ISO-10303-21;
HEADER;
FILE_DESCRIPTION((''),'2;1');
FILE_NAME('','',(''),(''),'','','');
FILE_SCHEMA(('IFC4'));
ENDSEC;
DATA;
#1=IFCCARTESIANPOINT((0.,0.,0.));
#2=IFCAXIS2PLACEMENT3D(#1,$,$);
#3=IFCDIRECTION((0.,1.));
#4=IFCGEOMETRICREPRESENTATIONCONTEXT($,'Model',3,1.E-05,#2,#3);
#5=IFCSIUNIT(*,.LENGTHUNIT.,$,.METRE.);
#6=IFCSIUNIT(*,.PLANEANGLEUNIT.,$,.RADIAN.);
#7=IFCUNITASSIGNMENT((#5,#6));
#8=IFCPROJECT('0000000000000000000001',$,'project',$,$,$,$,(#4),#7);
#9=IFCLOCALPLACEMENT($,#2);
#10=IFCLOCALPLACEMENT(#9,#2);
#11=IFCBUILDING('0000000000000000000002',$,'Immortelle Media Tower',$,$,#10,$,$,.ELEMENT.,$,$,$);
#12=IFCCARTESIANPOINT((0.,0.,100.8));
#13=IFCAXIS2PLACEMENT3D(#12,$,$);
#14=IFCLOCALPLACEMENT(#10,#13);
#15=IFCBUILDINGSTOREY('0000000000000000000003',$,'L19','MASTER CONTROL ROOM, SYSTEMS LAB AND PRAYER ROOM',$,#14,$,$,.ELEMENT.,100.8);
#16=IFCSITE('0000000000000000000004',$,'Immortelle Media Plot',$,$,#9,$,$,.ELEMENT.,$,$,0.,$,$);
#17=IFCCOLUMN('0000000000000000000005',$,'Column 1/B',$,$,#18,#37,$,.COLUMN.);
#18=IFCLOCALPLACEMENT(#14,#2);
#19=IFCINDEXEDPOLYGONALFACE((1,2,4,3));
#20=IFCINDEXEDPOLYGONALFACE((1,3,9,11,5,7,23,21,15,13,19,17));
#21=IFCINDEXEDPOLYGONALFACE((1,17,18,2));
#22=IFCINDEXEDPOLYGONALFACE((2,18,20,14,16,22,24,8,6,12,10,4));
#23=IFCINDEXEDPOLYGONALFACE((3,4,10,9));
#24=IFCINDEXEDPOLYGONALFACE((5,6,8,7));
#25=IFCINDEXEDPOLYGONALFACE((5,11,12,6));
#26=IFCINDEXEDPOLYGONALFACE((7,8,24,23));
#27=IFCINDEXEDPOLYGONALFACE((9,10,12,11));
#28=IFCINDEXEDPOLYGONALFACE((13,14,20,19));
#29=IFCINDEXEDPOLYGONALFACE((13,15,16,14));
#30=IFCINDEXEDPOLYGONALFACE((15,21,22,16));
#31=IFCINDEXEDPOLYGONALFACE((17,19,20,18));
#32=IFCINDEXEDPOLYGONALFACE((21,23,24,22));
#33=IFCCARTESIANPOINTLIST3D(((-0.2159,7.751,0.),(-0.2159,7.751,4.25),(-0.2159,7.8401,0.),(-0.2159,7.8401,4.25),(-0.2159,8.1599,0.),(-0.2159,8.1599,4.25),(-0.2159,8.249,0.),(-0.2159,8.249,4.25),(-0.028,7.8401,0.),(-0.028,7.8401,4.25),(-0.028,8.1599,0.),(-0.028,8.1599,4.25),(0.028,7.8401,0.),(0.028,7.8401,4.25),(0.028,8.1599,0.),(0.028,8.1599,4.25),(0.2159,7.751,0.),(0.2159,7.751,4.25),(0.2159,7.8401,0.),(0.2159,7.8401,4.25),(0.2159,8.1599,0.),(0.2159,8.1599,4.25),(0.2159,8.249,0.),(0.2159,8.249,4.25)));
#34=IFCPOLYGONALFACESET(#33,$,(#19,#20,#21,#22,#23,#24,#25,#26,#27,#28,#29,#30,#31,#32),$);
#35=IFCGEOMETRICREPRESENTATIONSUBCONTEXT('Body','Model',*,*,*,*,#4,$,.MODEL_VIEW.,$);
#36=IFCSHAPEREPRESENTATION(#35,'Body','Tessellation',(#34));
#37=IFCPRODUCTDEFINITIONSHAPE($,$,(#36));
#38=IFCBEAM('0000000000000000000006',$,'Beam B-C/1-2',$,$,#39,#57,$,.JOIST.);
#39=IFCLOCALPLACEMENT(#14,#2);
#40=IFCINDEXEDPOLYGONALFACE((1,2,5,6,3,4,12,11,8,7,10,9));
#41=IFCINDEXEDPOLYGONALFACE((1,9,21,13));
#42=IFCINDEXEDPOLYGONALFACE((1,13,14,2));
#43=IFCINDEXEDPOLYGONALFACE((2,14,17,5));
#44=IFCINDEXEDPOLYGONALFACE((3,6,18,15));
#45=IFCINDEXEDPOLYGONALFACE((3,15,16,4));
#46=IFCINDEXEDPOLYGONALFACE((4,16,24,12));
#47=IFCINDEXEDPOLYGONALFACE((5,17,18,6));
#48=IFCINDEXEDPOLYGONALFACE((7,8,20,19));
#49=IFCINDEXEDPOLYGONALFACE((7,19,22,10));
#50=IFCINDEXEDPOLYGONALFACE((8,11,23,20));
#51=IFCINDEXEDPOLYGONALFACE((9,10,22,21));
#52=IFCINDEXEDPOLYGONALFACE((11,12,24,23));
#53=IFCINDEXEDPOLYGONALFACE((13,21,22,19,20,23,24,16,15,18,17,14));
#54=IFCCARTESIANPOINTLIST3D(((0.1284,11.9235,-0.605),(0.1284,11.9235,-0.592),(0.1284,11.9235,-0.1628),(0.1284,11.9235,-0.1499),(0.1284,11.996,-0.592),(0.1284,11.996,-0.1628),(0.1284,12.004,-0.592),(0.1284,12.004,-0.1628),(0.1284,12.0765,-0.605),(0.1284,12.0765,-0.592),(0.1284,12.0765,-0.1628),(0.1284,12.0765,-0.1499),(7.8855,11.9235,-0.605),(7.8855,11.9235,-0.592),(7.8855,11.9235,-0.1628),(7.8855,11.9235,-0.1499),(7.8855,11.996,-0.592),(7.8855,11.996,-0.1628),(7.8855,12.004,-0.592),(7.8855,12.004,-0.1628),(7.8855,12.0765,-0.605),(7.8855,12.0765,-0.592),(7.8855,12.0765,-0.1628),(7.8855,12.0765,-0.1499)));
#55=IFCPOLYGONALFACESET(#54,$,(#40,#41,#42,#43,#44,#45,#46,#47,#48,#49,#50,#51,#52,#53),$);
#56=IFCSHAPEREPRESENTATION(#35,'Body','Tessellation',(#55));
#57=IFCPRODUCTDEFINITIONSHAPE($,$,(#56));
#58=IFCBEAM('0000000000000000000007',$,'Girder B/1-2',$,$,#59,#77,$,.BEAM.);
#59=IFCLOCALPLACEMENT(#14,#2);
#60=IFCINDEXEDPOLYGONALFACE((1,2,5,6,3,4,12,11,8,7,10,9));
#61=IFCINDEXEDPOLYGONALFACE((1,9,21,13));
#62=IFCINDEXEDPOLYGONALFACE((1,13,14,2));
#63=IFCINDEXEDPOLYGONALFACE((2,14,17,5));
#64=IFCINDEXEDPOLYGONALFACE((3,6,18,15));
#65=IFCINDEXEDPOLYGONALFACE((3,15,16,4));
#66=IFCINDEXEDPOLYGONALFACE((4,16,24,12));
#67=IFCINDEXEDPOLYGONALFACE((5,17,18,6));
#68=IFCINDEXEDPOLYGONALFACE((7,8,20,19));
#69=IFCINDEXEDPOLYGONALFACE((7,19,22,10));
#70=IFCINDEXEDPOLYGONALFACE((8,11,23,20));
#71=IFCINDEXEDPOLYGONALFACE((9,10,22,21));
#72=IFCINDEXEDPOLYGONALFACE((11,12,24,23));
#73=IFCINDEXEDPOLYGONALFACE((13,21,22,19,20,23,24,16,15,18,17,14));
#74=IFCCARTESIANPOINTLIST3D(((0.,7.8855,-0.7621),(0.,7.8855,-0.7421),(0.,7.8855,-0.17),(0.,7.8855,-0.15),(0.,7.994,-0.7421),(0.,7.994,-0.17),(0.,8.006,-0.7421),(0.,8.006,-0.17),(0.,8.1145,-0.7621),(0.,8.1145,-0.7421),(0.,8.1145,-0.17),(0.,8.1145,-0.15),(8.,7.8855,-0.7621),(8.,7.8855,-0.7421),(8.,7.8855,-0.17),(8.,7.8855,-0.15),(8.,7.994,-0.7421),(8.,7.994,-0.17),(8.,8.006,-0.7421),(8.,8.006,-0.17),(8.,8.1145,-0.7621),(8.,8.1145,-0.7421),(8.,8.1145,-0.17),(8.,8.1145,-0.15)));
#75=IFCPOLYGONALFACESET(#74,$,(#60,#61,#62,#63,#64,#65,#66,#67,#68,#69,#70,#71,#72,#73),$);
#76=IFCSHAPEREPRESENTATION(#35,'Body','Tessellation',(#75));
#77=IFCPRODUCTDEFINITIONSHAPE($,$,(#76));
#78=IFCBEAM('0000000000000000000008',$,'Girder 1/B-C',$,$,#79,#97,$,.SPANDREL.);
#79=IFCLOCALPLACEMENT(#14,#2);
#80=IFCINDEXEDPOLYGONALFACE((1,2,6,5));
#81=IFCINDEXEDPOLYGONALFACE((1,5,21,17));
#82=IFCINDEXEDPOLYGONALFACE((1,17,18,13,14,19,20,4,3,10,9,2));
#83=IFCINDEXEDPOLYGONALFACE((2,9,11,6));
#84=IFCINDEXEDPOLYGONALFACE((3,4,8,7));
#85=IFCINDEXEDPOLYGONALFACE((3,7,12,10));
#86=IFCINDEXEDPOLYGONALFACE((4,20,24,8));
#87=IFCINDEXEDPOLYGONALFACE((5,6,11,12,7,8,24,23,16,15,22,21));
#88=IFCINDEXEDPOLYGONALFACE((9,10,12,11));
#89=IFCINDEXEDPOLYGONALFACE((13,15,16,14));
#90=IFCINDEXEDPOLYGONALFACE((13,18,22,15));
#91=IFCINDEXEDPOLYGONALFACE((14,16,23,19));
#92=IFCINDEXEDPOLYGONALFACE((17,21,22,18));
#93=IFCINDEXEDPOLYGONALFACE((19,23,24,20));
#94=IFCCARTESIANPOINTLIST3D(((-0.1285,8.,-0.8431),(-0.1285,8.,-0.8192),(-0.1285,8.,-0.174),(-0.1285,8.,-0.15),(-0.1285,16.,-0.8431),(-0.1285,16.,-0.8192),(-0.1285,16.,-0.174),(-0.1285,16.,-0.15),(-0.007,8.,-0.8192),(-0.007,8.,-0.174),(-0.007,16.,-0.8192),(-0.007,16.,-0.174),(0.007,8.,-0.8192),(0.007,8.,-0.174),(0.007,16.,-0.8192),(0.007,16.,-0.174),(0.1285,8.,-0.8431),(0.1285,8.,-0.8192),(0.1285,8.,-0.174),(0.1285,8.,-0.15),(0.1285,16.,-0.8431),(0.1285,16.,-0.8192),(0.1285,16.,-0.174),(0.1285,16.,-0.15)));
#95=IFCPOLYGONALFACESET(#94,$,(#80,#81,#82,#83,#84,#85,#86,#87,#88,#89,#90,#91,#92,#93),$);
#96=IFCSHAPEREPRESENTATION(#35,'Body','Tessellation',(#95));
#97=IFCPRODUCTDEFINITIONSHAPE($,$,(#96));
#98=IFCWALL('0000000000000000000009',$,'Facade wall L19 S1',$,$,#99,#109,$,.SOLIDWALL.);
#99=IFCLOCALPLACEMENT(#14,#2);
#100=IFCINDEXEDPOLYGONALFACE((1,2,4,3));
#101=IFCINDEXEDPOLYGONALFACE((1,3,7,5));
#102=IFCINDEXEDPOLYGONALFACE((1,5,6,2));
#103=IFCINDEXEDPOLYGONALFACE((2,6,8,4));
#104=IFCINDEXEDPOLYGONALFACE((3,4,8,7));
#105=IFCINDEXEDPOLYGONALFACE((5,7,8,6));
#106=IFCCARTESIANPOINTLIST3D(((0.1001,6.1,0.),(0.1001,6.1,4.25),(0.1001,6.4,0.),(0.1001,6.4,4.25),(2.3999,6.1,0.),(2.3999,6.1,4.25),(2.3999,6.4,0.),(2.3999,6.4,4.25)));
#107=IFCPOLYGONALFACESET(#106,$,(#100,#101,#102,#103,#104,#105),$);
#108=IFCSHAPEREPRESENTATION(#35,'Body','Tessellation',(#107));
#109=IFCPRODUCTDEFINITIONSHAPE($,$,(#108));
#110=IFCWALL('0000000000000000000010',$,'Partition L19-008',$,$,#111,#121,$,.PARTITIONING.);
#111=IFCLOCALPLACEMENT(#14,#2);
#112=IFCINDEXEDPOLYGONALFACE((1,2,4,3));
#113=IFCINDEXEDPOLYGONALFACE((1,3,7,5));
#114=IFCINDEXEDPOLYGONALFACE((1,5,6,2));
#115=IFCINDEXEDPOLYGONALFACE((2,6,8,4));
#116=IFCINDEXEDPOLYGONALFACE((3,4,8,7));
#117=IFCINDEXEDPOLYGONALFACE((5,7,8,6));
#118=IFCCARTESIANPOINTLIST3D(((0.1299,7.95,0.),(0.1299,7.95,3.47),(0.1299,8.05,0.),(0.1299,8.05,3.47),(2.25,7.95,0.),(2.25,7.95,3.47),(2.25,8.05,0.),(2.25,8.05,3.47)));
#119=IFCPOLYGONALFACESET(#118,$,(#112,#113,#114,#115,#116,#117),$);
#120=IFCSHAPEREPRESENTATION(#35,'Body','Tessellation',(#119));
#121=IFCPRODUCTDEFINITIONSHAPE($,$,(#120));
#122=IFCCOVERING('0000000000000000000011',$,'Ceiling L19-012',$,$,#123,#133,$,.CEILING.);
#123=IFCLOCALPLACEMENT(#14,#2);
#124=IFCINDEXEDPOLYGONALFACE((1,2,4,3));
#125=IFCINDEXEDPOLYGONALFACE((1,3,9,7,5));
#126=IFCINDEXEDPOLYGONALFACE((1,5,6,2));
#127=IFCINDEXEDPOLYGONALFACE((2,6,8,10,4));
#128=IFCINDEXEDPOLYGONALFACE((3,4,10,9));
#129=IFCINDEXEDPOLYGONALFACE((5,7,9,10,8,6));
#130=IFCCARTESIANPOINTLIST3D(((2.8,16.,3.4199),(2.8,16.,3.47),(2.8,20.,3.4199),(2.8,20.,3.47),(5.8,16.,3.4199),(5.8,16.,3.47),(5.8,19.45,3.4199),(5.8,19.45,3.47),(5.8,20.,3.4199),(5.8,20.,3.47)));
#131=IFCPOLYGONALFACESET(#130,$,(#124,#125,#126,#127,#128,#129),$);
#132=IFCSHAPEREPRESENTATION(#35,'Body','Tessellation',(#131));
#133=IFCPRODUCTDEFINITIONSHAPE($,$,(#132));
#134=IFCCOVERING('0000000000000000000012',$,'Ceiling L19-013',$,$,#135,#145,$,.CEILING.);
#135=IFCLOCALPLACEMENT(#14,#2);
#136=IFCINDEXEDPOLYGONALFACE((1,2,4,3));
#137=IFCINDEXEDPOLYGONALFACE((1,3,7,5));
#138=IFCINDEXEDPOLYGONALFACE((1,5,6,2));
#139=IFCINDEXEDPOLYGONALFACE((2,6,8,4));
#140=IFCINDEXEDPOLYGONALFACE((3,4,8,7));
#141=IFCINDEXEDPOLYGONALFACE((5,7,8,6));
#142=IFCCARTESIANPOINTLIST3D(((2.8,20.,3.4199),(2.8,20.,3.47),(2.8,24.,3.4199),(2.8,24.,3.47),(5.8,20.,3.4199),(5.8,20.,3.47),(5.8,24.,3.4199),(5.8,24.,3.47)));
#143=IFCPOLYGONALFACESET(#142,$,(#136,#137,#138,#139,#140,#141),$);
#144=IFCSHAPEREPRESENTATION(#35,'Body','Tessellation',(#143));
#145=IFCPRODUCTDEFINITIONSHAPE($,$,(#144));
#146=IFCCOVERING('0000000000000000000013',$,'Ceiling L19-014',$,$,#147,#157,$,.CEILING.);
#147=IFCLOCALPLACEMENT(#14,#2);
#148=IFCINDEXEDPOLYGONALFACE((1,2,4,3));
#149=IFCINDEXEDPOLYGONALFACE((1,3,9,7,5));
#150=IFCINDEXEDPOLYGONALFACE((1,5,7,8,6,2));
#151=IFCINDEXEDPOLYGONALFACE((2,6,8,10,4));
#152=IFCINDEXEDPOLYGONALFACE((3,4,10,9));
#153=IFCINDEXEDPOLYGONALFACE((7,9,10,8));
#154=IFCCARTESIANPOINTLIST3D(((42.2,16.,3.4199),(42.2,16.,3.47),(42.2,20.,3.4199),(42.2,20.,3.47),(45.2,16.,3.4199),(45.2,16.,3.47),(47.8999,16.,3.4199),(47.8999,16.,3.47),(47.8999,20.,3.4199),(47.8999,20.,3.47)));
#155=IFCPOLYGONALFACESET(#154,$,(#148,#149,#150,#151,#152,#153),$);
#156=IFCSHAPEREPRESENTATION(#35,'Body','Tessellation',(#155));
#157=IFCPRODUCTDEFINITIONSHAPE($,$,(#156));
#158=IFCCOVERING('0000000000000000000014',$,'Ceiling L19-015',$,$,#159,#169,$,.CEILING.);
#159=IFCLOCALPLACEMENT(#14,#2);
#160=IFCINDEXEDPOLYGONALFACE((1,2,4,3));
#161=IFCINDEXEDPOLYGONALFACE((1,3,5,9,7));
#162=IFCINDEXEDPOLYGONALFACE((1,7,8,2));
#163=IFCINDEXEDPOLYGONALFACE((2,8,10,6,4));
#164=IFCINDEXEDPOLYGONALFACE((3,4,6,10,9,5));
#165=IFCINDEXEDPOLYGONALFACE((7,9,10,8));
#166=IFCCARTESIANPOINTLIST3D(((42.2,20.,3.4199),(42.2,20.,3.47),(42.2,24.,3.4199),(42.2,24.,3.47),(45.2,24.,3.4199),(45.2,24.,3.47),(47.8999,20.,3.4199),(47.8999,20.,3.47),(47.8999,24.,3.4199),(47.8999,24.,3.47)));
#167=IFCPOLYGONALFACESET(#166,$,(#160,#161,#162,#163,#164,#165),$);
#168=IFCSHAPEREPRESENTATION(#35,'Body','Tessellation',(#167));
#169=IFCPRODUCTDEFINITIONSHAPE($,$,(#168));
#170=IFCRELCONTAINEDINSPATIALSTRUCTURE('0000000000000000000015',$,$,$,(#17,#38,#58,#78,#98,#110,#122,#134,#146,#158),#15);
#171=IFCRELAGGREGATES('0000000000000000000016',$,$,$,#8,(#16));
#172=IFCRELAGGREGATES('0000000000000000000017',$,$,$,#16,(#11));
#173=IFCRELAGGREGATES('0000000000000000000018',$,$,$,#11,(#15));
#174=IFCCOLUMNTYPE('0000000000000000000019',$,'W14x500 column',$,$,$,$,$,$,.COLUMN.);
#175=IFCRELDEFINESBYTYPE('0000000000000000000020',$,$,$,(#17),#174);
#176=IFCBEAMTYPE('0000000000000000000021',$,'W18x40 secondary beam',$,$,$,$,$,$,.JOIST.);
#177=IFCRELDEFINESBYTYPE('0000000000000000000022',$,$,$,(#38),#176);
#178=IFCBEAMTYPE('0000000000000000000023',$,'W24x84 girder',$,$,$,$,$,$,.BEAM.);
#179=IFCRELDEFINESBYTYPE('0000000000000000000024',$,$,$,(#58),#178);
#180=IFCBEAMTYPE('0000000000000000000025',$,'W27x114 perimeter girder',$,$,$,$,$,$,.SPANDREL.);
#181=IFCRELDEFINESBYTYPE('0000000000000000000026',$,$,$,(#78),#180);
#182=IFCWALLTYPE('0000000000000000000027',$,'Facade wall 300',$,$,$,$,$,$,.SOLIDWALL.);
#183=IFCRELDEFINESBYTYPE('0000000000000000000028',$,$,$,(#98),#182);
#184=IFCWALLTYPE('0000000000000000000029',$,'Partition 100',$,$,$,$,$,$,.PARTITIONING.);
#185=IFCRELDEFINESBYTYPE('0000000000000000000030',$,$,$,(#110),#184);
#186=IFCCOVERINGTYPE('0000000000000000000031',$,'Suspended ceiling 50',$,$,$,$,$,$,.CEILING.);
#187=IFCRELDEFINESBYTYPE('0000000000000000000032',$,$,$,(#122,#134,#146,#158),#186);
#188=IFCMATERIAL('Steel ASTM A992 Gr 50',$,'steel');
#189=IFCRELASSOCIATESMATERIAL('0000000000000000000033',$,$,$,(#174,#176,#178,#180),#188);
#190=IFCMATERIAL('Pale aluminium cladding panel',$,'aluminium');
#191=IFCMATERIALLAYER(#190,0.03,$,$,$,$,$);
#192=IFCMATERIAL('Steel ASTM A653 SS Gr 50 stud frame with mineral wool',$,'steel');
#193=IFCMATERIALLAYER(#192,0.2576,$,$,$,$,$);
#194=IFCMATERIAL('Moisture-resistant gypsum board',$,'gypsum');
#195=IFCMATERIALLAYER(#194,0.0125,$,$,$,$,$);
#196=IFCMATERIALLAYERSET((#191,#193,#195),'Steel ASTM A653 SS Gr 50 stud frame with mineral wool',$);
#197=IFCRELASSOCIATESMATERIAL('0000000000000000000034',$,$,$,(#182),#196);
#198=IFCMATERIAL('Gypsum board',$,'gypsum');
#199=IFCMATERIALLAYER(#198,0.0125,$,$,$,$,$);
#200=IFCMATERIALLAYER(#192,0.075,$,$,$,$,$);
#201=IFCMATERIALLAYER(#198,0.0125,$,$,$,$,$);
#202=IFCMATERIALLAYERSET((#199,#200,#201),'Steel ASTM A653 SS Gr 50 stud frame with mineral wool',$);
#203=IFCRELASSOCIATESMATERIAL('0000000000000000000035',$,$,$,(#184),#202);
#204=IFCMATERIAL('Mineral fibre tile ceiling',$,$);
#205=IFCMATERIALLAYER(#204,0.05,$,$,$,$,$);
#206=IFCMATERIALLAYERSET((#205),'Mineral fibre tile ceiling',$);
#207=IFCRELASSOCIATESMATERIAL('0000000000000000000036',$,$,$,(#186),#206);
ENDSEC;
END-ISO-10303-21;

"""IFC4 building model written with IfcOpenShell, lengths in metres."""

from ifc_helpers import new_model, si_unit, direction, frame, frame_2d, origin, origin_2d, place, context, subcontext, project, spatial, polyline, rectangle, i_section, outline, extrude, material, layer, layer_set, material_profile, profile_set, type_object, element, save


model = new_model("IFC4")

# Units and contexts
model_context = context("Model", 3, precision=1e-05, world=origin(), true_north=direction((0.0, 1.0)))
body_context = subcontext(model_context, "Body", "Model", "MODEL_VIEW")
ifc_project = project(units=[si_unit("LENGTHUNIT", "METRE"), si_unit("PLANEANGLEUNIT", "RADIAN")], contexts=[model_context])

# Site, building, storey
site_placement = place(None, origin())
site = spatial("IfcSite", under=ifc_project, at=site_placement, Name="Immortelle Media Plot", CompositionType="ELEMENT", RefElevation=0.0)
building_placement = place(site_placement, origin())
building = spatial("IfcBuilding", under=site, at=building_placement, Name="Immortelle Media Tower", CompositionType="ELEMENT")
storey_placement = place(building_placement, frame((0.0, 0.0, 100.8)))
storey = spatial("IfcBuildingStorey", under=building, at=storey_placement, Name="L19", Description="MASTER CONTROL ROOM, SYSTEMS LAB AND PRAYER ROOM", CompositionType="ELEMENT", Elevation=100.8)

# Column
ifc_material_1 = material(Name="Steel ASTM A992 Gr 50", Category="steel")
ifc_material_profile_1 = material_profile(ifc_material_1, i_section(OverallWidth=0.4319, OverallDepth=0.498, WebThickness=0.0559, FlangeThickness=0.0891, at=origin_2d()), Name="W14x500")
ifc_profile_set_1 = profile_set([ifc_material_profile_1], Name="Steel ASTM A992 Gr 50")
column_type = type_object("IfcColumnType", Name="W14x500 column", PredefinedType="COLUMN", material=ifc_profile_set_1)
column_placement = place(storey_placement, frame((0.0, 8.0, 0.0), z_axis=(0.0, 0.0, 1.0), x_axis=(1.0, 0.0, 0.0)))
element("IfcColumn", 1, at=column_placement, inside=storey, type_object=column_type, Name="Column 1/B", PredefinedType="COLUMN", context=body_context, shape_type="SweptSolid", body=[
    extrude(i_section(OverallWidth=0.4319, OverallDepth=0.498, WebThickness=0.0559, FlangeThickness=0.0891, at=origin_2d()), origin(), (0.0, 0.0, 1.0), 4.25),
])

# Beams
ifc_material_profile_2 = material_profile(ifc_material_1, i_section(OverallWidth=0.1531, OverallDepth=0.4551, WebThickness=0.0081, FlangeThickness=0.0129, at=origin_2d()), Name="W18x40")
ifc_profile_set_2 = profile_set([ifc_material_profile_2], Name="Steel ASTM A992 Gr 50")
beam_type_1 = type_object("IfcBeamType", Name="W18x40 secondary beam", PredefinedType="JOIST", material=ifc_profile_set_2)
beam_1_placement = place(storey_placement, frame((0.1284, 12.0, -0.3774), z_axis=(1.0, 0.0, 0.0), x_axis=(0.0, 1.0, 0.0)))
element("IfcBeam", 2, at=beam_1_placement, inside=storey, type_object=beam_type_1, Name="Beam B-C/1-2", PredefinedType="JOIST", context=body_context, shape_type="SweptSolid", body=[
    extrude(i_section(OverallWidth=0.1531, OverallDepth=0.4551, WebThickness=0.0081, FlangeThickness=0.0129, at=origin_2d()), origin(), (0.0, 0.0, 1.0), 7.7571),
])
ifc_material_profile_3 = material_profile(ifc_material_1, i_section(OverallWidth=0.229, OverallDepth=0.6121, WebThickness=0.012, FlangeThickness=0.02, at=origin_2d()), Name="W24x84")
ifc_profile_set_3 = profile_set([ifc_material_profile_3], Name="Steel ASTM A992 Gr 50")
beam_type_2 = type_object("IfcBeamType", Name="W24x84 girder", PredefinedType="BEAM", material=ifc_profile_set_3)
beam_2_placement = place(storey_placement, frame((0.0, 8.0, -0.4561), z_axis=(1.0, 0.0, 0.0), x_axis=(0.0, 1.0, 0.0)))
element("IfcBeam", 3, at=beam_2_placement, inside=storey, type_object=beam_type_2, Name="Girder B/1-2", PredefinedType="BEAM", context=body_context, shape_type="SweptSolid", body=[
    extrude(i_section(OverallWidth=0.229, OverallDepth=0.6121, WebThickness=0.012, FlangeThickness=0.02, at=origin_2d()), origin(), (0.0, 0.0, 1.0), 8.0),
])
ifc_material_profile_4 = material_profile(ifc_material_1, i_section(OverallWidth=0.2571, OverallDepth=0.6931, WebThickness=0.0139, FlangeThickness=0.0239, at=origin_2d()), Name="W27x114")
ifc_profile_set_4 = profile_set([ifc_material_profile_4], Name="Steel ASTM A992 Gr 50")
beam_type_3 = type_object("IfcBeamType", Name="W27x114 perimeter girder", PredefinedType="SPANDREL", material=ifc_profile_set_4)
beam_3_placement = place(storey_placement, frame((0.0, 8.0, -0.4966), z_axis=(0.0, 1.0, 0.0), x_axis=(-1.0, 0.0, 0.0)))
element("IfcBeam", 4, at=beam_3_placement, inside=storey, type_object=beam_type_3, Name="Girder 1/B-C", PredefinedType="SPANDREL", context=body_context, shape_type="SweptSolid", body=[
    extrude(i_section(OverallWidth=0.2571, OverallDepth=0.6931, WebThickness=0.0139, FlangeThickness=0.0239, at=origin_2d()), origin(), (0.0, 0.0, 1.0), 8.0),
])

# Walls
ifc_material_2 = material(Name="Pale aluminium cladding panel", Category="aluminium")
ifc_layer_1 = layer(ifc_material_2, 0.03)
ifc_material_3 = material(Name="Steel ASTM A653 SS Gr 50 stud frame with mineral wool", Category="steel")
ifc_layer_2 = layer(ifc_material_3, 0.2576)
ifc_material_4 = material(Name="Moisture-resistant gypsum board", Category="gypsum")
ifc_layer_3 = layer(ifc_material_4, 0.0125)
ifc_layer_set_1 = layer_set([ifc_layer_1, ifc_layer_2, ifc_layer_3], Name="Steel ASTM A653 SS Gr 50 stud frame with mineral wool")
wall_type_1 = type_object("IfcWallType", Name="Facade wall 300", PredefinedType="SOLIDWALL", material=ifc_layer_set_1)
wall_1_placement = place(storey_placement, frame((0.1001, 6.25, 0.0), z_axis=(0.0, 0.0, 1.0), x_axis=(1.0, 0.0, 0.0)))
element("IfcWall", 5, at=wall_1_placement, inside=storey, type_object=wall_type_1, Name="Facade wall L19 S1", PredefinedType="SOLIDWALL", context=body_context, shape_type="SweptSolid", body=[
    extrude(rectangle(XDim=2.2998, YDim=0.3, at=frame_2d((1.1499, 0.0))), origin(), (0.0, 0.0, 1.0), 4.25),
])
ifc_material_5 = material(Name="Gypsum board", Category="gypsum")
ifc_layer_4 = layer(ifc_material_5, 0.0125)
ifc_layer_5 = layer(ifc_material_3, 0.075)
ifc_layer_6 = layer(ifc_material_5, 0.0125)
ifc_layer_set_2 = layer_set([ifc_layer_4, ifc_layer_5, ifc_layer_6], Name="Steel ASTM A653 SS Gr 50 stud frame with mineral wool")
wall_type_2 = type_object("IfcWallType", Name="Partition 100", PredefinedType="PARTITIONING", material=ifc_layer_set_2)
wall_2_placement = place(storey_placement, frame((0.1299, 8.0, 0.0), z_axis=(0.0, 0.0, 1.0), x_axis=(1.0, 0.0, 0.0)))
element("IfcWall", 6, at=wall_2_placement, inside=storey, type_object=wall_type_2, Name="Partition L19-008", PredefinedType="PARTITIONING", context=body_context, shape_type="SweptSolid", body=[
    extrude(rectangle(XDim=2.1201, YDim=0.1001, at=frame_2d((1.0601, 0.0))), origin(), (0.0, 0.0, 1.0), 3.47),
])

# Coverings
ifc_material_6 = material(Name="Mineral fibre tile ceiling")
ifc_layer_7 = layer(ifc_material_6, 0.05)
ifc_layer_set_3 = layer_set([ifc_layer_7], Name="Mineral fibre tile ceiling")
covering_type = type_object("IfcCoveringType", Name="Suspended ceiling 50", PredefinedType="CEILING", material=ifc_layer_set_3)
covering_1_placement = place(storey_placement, frame((0.0, 0.0, 3.4199)))
element("IfcCovering", 7, at=covering_1_placement, inside=storey, type_object=covering_type, Name="Ceiling L19-012", PredefinedType="CEILING", context=body_context, shape_type="SweptSolid", body=[
    extrude(outline(polyline([(5.8, 16.0), (2.8, 16.0), (2.8, 20.0), (5.8, 20.0), (5.8, 19.45), (5.8, 16.0)])), origin(), (0.0, 0.0, 1.0), 0.05),
])
covering_2_placement = place(storey_placement, frame((0.0, 0.0, 3.4199)))
element("IfcCovering", 8, at=covering_2_placement, inside=storey, type_object=covering_type, Name="Ceiling L19-013", PredefinedType="CEILING", context=body_context, shape_type="SweptSolid", body=[
    extrude(outline(polyline([(2.8, 24.0), (5.8, 24.0), (5.8, 20.0), (2.8, 20.0), (2.8, 24.0)])), origin(), (0.0, 0.0, 1.0), 0.05),
])
covering_3_placement = place(storey_placement, frame((0.0, 0.0, 3.4199)))
element("IfcCovering", 9, at=covering_3_placement, inside=storey, type_object=covering_type, Name="Ceiling L19-014", PredefinedType="CEILING", context=body_context, shape_type="SweptSolid", body=[
    extrude(outline(polyline([(42.2, 16.0), (42.2, 20.0), (47.8999, 20.0), (47.8999, 16.0), (45.2, 16.0), (42.2, 16.0)])), origin(), (0.0, 0.0, 1.0), 0.05),
])
covering_4_placement = place(storey_placement, frame((0.0, 0.0, 3.4199)))
element("IfcCovering", 10, at=covering_4_placement, inside=storey, type_object=covering_type, Name="Ceiling L19-015", PredefinedType="CEILING", context=body_context, shape_type="SweptSolid", body=[
    extrude(outline(polyline([(42.2, 24.0), (45.2, 24.0), (47.8999, 24.0), (47.8999, 20.0), (42.2, 20.0), (42.2, 24.0)])), origin(), (0.0, 0.0, 1.0), 0.05),
])

save(model, "model.ifc")
